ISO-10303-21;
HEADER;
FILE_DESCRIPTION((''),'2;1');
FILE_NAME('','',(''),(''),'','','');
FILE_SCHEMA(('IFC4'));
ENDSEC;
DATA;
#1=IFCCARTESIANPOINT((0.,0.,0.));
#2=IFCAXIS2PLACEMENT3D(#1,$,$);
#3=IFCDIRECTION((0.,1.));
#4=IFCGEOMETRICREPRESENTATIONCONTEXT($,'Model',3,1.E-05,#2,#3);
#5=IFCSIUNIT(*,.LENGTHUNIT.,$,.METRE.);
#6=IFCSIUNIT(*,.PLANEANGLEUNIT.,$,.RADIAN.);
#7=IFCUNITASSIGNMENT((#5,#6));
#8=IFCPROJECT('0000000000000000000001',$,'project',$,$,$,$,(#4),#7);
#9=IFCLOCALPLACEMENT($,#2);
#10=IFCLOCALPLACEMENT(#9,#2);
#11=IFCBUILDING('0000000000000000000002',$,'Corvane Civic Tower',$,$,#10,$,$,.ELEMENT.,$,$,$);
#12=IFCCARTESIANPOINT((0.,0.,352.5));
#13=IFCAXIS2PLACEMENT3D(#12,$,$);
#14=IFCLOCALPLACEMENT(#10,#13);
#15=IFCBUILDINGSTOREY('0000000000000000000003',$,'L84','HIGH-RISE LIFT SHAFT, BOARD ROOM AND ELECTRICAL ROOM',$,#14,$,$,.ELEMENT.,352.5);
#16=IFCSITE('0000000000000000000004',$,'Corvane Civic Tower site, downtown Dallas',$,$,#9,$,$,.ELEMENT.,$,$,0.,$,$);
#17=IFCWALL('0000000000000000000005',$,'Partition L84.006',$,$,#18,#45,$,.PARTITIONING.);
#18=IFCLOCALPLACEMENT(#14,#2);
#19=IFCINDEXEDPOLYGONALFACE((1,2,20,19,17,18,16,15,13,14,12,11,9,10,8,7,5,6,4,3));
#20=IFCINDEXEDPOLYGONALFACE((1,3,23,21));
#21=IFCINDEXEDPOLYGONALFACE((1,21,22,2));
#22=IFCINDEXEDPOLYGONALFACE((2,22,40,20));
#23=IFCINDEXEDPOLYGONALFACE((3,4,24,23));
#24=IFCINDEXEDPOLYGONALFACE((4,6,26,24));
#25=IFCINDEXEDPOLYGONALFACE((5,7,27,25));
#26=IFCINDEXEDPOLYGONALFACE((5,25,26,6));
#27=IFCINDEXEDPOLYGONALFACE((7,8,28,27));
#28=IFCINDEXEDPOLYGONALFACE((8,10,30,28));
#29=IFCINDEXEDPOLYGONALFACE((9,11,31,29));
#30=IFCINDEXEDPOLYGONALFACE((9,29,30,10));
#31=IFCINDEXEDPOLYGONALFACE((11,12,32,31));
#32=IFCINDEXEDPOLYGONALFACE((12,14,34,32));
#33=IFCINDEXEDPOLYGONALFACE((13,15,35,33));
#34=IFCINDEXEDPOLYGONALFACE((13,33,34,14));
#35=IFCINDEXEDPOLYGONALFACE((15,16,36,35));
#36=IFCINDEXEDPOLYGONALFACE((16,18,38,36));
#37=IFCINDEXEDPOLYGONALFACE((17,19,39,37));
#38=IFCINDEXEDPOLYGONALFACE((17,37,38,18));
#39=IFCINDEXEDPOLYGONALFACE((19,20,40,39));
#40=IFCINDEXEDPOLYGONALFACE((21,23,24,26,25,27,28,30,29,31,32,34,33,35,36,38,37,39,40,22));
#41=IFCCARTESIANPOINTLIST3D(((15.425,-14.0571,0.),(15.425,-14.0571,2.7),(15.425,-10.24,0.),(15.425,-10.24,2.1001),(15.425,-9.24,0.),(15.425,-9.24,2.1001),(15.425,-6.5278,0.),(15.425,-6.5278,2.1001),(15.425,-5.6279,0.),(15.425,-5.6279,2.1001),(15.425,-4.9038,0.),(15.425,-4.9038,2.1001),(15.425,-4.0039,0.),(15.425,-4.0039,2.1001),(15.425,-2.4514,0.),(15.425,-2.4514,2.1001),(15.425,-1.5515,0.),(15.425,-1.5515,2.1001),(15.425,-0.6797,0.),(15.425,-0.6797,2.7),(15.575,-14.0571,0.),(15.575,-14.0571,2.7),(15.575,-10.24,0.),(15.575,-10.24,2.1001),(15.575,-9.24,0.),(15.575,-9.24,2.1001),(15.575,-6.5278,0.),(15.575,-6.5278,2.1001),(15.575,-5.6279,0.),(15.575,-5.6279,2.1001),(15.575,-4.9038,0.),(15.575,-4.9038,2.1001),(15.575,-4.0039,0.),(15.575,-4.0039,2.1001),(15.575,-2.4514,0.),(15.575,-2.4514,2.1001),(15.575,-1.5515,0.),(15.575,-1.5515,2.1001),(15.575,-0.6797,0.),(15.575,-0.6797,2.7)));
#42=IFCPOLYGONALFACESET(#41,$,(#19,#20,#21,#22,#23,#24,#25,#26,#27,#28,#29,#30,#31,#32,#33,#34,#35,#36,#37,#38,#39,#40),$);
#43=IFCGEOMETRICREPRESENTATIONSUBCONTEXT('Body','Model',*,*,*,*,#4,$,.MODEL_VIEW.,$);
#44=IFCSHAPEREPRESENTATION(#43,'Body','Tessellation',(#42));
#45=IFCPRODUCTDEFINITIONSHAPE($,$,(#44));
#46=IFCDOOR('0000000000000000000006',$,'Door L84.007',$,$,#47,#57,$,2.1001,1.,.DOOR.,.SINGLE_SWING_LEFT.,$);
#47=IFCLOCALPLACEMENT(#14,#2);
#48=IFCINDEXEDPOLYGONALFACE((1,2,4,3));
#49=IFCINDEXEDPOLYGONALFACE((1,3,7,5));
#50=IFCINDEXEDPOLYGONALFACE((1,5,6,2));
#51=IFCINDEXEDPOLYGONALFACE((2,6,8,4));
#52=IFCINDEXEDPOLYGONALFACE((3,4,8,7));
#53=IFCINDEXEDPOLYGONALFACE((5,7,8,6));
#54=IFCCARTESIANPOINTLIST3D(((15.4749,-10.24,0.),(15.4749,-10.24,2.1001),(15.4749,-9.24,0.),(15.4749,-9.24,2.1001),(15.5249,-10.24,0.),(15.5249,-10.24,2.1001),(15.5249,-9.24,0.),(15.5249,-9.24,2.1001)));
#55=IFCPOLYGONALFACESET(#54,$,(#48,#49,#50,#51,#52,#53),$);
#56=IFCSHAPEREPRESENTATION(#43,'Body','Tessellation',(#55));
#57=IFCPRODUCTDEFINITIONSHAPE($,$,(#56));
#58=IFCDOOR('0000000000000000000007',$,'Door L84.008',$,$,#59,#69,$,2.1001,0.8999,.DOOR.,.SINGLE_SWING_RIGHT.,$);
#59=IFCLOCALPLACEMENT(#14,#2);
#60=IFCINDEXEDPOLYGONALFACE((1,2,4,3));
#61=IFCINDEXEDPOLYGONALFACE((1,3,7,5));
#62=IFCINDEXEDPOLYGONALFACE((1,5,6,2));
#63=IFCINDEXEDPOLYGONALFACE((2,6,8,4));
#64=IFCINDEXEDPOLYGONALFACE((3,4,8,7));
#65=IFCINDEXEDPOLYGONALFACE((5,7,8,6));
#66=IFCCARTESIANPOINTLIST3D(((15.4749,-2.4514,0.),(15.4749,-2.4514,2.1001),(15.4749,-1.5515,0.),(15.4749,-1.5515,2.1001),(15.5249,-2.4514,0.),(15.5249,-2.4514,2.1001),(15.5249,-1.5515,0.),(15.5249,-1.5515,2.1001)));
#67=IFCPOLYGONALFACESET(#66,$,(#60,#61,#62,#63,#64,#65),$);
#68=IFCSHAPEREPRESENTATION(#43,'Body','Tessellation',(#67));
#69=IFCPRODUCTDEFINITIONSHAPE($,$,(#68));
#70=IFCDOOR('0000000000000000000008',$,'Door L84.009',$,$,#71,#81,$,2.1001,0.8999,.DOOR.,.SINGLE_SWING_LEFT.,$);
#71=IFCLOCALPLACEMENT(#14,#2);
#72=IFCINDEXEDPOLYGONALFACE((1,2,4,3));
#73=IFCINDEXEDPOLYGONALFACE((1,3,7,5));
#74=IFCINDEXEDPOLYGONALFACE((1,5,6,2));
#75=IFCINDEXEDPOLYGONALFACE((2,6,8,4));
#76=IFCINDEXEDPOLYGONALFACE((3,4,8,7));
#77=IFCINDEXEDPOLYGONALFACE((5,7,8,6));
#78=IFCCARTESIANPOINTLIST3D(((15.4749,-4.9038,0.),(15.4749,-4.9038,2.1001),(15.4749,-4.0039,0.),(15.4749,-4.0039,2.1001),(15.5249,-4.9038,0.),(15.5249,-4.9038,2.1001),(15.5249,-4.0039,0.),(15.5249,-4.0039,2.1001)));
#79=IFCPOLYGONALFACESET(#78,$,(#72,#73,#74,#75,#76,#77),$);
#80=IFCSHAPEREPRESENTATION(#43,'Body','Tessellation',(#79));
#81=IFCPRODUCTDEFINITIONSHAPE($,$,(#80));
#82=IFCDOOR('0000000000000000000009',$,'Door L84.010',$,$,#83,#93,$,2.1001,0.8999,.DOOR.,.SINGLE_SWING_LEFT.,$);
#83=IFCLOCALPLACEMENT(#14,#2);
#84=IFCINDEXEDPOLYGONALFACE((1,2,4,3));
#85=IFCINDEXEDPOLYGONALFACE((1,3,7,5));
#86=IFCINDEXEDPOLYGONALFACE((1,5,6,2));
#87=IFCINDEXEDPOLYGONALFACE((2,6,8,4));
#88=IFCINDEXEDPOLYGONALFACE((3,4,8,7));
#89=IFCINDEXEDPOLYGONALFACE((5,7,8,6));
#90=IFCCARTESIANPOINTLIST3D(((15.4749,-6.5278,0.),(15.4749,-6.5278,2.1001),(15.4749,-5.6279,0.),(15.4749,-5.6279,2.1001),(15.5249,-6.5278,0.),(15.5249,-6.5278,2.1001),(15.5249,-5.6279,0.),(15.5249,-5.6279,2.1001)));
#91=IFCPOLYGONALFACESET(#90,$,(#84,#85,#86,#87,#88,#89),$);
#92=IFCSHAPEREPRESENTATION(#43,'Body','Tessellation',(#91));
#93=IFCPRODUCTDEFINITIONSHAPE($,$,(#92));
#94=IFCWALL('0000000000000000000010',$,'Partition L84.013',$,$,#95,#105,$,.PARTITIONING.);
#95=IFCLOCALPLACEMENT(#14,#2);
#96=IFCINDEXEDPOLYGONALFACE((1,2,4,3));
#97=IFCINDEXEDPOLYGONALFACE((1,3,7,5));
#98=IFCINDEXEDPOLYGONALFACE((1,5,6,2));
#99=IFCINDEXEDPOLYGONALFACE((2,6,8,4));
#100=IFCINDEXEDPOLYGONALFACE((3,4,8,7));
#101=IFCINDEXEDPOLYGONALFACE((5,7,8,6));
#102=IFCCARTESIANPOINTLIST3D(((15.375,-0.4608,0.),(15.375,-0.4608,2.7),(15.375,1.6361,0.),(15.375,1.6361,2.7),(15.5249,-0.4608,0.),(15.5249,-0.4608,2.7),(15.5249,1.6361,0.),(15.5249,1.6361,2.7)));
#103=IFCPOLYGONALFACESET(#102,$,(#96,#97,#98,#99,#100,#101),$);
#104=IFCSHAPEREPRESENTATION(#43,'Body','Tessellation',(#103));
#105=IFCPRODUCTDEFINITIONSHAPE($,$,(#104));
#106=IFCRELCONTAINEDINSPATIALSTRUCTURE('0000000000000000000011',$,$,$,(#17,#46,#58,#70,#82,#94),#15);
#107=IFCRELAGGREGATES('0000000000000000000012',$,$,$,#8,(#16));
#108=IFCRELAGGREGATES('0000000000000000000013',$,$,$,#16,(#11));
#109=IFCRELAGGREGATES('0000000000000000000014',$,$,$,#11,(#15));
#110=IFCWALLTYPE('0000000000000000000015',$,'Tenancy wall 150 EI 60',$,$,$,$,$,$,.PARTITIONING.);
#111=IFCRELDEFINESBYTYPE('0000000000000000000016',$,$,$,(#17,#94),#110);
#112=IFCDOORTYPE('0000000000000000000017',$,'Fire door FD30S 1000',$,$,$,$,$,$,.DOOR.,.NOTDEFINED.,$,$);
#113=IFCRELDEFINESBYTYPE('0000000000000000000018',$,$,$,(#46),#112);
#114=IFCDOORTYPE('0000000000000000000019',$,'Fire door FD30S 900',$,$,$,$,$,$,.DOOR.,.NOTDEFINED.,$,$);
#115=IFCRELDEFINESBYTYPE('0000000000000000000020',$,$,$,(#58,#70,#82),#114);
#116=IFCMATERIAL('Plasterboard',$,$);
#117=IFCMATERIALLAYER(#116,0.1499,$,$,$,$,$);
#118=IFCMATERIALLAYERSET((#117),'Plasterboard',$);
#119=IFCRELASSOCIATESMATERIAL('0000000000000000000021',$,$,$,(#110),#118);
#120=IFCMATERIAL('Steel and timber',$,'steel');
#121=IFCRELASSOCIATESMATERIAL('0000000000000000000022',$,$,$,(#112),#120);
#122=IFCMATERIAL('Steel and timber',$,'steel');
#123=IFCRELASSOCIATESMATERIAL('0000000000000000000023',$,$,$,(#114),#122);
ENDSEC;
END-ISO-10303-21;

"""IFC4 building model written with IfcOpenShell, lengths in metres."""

from ifc_helpers import new_model, si_unit, direction, frame, frame_2d, origin, place, context, subcontext, project, spatial, rectangle, extrude, material, layer, layer_set, type_object, element, fill, save


model = new_model("IFC4")

# Units and contexts
model_context = context("Model", 3, precision=1e-05, world=origin(), true_north=direction((0.0, 1.0)))
body_context = subcontext(model_context, "Body", "Model", "MODEL_VIEW")
ifc_project = project(units=[si_unit("LENGTHUNIT", "METRE"), si_unit("PLANEANGLEUNIT", "RADIAN")], contexts=[model_context])

# Site, building, storey
site_placement = place(None, origin())
site = spatial("IfcSite", under=ifc_project, at=site_placement, Name="Corvane Civic Tower site, downtown Dallas", CompositionType="ELEMENT", RefElevation=0.0)
building_placement = place(site_placement, origin())
building = spatial("IfcBuilding", under=site, at=building_placement, Name="Corvane Civic Tower", CompositionType="ELEMENT")
storey_placement = place(building_placement, frame((0.0, 0.0, 352.5)))
storey = spatial("IfcBuildingStorey", under=building, at=storey_placement, Name="L84", Description="HIGH-RISE LIFT SHAFT, BOARD ROOM AND ELECTRICAL ROOM", CompositionType="ELEMENT", Elevation=352.5)

# Wall, openings, doors
ifc_material_1 = material(Name="Plasterboard")
ifc_layer_1 = layer(ifc_material_1, 0.1499)
ifc_layer_set_1 = layer_set([ifc_layer_1], Name="Plasterboard")
wall_type_1 = type_object("IfcWallType", Name="Tenancy wall 150 EI 60", PredefinedType="PARTITIONING", material=ifc_layer_set_1)
wall_1_placement = place(storey_placement, frame((15.5, -14.0571, 0.0), z_axis=(0.0, 0.0, 1.0), x_axis=(0.0, 1.0, 0.0)))
wall_1 = element("IfcWall", 1, at=wall_1_placement, inside=storey, type_object=wall_type_1, Name="Partition L84.006", PredefinedType="PARTITIONING", context=body_context, shape_type="SweptSolid", body=[
    extrude(rectangle(XDim=13.3774, YDim=0.1499, at=frame_2d((6.6887, 0.0))), origin(), (0.0, 0.0, 1.0), 2.7),
])
opening_1_placement = place(wall_1_placement, frame((3.8171, 0.0, 0.0)))
opening_1 = element("IfcOpeningElement", 2, at=opening_1_placement, cuts=wall_1, PredefinedType="OPENING", context=body_context, shape_type="SweptSolid", body=[
    extrude(rectangle(XDim=1.0, YDim=2.1001, at=frame_2d((0.5, 1.05))), frame((0.0, 0.085, 0.0), z_axis=(0.0, -1.0, 0.0), x_axis=(1.0, 0.0, 0.0)), (0.0, 0.0, 1.0), 0.1699),
])
opening_2_placement = place(wall_1_placement, frame((11.6057, 0.0, 0.0)))
opening_2 = element("IfcOpeningElement", 3, at=opening_2_placement, cuts=wall_1, PredefinedType="OPENING", context=body_context, shape_type="SweptSolid", body=[
    extrude(rectangle(XDim=0.8999, YDim=2.1001, at=frame_2d((0.45, 1.05))), frame((0.0, 0.085, 0.0), z_axis=(0.0, -1.0, 0.0), x_axis=(1.0, 0.0, 0.0)), (0.0, 0.0, 1.0), 0.1699),
])
opening_3_placement = place(wall_1_placement, frame((9.1533, 0.0, 0.0)))
opening_3 = element("IfcOpeningElement", 4, at=opening_3_placement, cuts=wall_1, PredefinedType="OPENING", context=body_context, shape_type="SweptSolid", body=[
    extrude(rectangle(XDim=0.8999, YDim=2.1001, at=frame_2d((0.45, 1.05))), frame((0.0, 0.085, 0.0), z_axis=(0.0, -1.0, 0.0), x_axis=(1.0, 0.0, 0.0)), (0.0, 0.0, 1.0), 0.1699),
])
opening_4_placement = place(wall_1_placement, frame((7.5293, 0.0, 0.0)))
opening_4 = element("IfcOpeningElement", 5, at=opening_4_placement, cuts=wall_1, PredefinedType="OPENING", context=body_context, shape_type="SweptSolid", body=[
    extrude(rectangle(XDim=0.8999, YDim=2.1001, at=frame_2d((0.45, 1.05))), frame((0.0, 0.085, 0.0), z_axis=(0.0, -1.0, 0.0), x_axis=(1.0, 0.0, 0.0)), (0.0, 0.0, 1.0), 0.1699),
])
ifc_material_2 = material(Name="Steel and timber", Category="steel")
door_type_1 = type_object("IfcDoorType", Name="Fire door FD30S 1000", OperationType="NOTDEFINED", PredefinedType="DOOR", material=ifc_material_2)
door_1_placement = place(opening_1_placement, frame((1.0, 0.0, 0.0), z_axis=(0.0, 0.0, 1.0), x_axis=(-1.0, 0.0, 0.0)))
door_1 = element("IfcDoor", 6, at=door_1_placement, inside=storey, type_object=door_type_1, Name="Door L84.007", OperationType="SINGLE_SWING_LEFT", OverallHeight=2.1001, OverallWidth=1.0, PredefinedType="DOOR", context=body_context, shape_type="SweptSolid", body=[
    extrude(rectangle(XDim=1.0, YDim=2.1001, at=frame_2d((0.5, 1.05))), frame((0.0, 0.0249, 0.0), z_axis=(0.0, -1.0, 0.0), x_axis=(1.0, 0.0, 0.0)), (0.0, 0.0, 1.0), 0.05),
])
fill(opening_1, door_1)
ifc_material_3 = material(Name="Steel and timber", Category="steel")
door_type_2 = type_object("IfcDoorType", Name="Fire door FD30S 900", OperationType="NOTDEFINED", PredefinedType="DOOR", material=ifc_material_3)
door_2_placement = place(opening_2_placement, frame((0.8999, 0.0, 0.0), z_axis=(0.0, 0.0, 1.0), x_axis=(-1.0, 0.0, 0.0)))
door_2 = element("IfcDoor", 7, at=door_2_placement, inside=storey, type_object=door_type_2, Name="Door L84.008", OperationType="SINGLE_SWING_RIGHT", OverallHeight=2.1001, OverallWidth=0.8999, PredefinedType="DOOR", context=body_context, shape_type="SweptSolid", body=[
    extrude(rectangle(XDim=0.8999, YDim=2.1001, at=frame_2d((0.45, 1.05))), frame((0.0, 0.0249, 0.0), z_axis=(0.0, -1.0, 0.0), x_axis=(1.0, 0.0, 0.0)), (0.0, 0.0, 1.0), 0.05),
])
fill(opening_2, door_2)
door_3_placement = place(opening_3_placement, frame((0.8999, 0.0, 0.0), z_axis=(0.0, 0.0, 1.0), x_axis=(-1.0, 0.0, 0.0)))
door_3 = element("IfcDoor", 8, at=door_3_placement, inside=storey, type_object=door_type_2, Name="Door L84.009", OperationType="SINGLE_SWING_LEFT", OverallHeight=2.1001, OverallWidth=0.8999, PredefinedType="DOOR", context=body_context, shape_type="SweptSolid", body=[
    extrude(rectangle(XDim=0.8999, YDim=2.1001, at=frame_2d((0.45, 1.05))), frame((0.0, 0.0249, 0.0), z_axis=(0.0, -1.0, 0.0), x_axis=(1.0, 0.0, 0.0)), (0.0, 0.0, 1.0), 0.05),
])
fill(opening_3, door_3)
door_4_placement = place(opening_4_placement, frame((0.8999, 0.0, 0.0), z_axis=(0.0, 0.0, 1.0), x_axis=(-1.0, 0.0, 0.0)))
door_4 = element("IfcDoor", 9, at=door_4_placement, inside=storey, type_object=door_type_2, Name="Door L84.010", OperationType="SINGLE_SWING_LEFT", OverallHeight=2.1001, OverallWidth=0.8999, PredefinedType="DOOR", context=body_context, shape_type="SweptSolid", body=[
    extrude(rectangle(XDim=0.8999, YDim=2.1001, at=frame_2d((0.45, 1.05))), frame((0.0, 0.0249, 0.0), z_axis=(0.0, -1.0, 0.0), x_axis=(1.0, 0.0, 0.0)), (0.0, 0.0, 1.0), 0.05),
])
fill(opening_4, door_4)

# Wall
wall_2_placement = place(storey_placement, frame((15.45, -0.4607, 0.0), z_axis=(0.0, 0.0, 1.0), x_axis=(0.0, 1.0, 0.0)))
element("IfcWall", 10, at=wall_2_placement, inside=storey, type_object=wall_type_1, Name="Partition L84.013", PredefinedType="PARTITIONING", context=body_context, shape_type="SweptSolid", body=[
    extrude(rectangle(XDim=2.0969, YDim=0.1499, at=frame_2d((1.0483, 0.0))), origin(), (0.0, 0.0, 1.0), 2.7),
])

save(model, "model.ifc")
